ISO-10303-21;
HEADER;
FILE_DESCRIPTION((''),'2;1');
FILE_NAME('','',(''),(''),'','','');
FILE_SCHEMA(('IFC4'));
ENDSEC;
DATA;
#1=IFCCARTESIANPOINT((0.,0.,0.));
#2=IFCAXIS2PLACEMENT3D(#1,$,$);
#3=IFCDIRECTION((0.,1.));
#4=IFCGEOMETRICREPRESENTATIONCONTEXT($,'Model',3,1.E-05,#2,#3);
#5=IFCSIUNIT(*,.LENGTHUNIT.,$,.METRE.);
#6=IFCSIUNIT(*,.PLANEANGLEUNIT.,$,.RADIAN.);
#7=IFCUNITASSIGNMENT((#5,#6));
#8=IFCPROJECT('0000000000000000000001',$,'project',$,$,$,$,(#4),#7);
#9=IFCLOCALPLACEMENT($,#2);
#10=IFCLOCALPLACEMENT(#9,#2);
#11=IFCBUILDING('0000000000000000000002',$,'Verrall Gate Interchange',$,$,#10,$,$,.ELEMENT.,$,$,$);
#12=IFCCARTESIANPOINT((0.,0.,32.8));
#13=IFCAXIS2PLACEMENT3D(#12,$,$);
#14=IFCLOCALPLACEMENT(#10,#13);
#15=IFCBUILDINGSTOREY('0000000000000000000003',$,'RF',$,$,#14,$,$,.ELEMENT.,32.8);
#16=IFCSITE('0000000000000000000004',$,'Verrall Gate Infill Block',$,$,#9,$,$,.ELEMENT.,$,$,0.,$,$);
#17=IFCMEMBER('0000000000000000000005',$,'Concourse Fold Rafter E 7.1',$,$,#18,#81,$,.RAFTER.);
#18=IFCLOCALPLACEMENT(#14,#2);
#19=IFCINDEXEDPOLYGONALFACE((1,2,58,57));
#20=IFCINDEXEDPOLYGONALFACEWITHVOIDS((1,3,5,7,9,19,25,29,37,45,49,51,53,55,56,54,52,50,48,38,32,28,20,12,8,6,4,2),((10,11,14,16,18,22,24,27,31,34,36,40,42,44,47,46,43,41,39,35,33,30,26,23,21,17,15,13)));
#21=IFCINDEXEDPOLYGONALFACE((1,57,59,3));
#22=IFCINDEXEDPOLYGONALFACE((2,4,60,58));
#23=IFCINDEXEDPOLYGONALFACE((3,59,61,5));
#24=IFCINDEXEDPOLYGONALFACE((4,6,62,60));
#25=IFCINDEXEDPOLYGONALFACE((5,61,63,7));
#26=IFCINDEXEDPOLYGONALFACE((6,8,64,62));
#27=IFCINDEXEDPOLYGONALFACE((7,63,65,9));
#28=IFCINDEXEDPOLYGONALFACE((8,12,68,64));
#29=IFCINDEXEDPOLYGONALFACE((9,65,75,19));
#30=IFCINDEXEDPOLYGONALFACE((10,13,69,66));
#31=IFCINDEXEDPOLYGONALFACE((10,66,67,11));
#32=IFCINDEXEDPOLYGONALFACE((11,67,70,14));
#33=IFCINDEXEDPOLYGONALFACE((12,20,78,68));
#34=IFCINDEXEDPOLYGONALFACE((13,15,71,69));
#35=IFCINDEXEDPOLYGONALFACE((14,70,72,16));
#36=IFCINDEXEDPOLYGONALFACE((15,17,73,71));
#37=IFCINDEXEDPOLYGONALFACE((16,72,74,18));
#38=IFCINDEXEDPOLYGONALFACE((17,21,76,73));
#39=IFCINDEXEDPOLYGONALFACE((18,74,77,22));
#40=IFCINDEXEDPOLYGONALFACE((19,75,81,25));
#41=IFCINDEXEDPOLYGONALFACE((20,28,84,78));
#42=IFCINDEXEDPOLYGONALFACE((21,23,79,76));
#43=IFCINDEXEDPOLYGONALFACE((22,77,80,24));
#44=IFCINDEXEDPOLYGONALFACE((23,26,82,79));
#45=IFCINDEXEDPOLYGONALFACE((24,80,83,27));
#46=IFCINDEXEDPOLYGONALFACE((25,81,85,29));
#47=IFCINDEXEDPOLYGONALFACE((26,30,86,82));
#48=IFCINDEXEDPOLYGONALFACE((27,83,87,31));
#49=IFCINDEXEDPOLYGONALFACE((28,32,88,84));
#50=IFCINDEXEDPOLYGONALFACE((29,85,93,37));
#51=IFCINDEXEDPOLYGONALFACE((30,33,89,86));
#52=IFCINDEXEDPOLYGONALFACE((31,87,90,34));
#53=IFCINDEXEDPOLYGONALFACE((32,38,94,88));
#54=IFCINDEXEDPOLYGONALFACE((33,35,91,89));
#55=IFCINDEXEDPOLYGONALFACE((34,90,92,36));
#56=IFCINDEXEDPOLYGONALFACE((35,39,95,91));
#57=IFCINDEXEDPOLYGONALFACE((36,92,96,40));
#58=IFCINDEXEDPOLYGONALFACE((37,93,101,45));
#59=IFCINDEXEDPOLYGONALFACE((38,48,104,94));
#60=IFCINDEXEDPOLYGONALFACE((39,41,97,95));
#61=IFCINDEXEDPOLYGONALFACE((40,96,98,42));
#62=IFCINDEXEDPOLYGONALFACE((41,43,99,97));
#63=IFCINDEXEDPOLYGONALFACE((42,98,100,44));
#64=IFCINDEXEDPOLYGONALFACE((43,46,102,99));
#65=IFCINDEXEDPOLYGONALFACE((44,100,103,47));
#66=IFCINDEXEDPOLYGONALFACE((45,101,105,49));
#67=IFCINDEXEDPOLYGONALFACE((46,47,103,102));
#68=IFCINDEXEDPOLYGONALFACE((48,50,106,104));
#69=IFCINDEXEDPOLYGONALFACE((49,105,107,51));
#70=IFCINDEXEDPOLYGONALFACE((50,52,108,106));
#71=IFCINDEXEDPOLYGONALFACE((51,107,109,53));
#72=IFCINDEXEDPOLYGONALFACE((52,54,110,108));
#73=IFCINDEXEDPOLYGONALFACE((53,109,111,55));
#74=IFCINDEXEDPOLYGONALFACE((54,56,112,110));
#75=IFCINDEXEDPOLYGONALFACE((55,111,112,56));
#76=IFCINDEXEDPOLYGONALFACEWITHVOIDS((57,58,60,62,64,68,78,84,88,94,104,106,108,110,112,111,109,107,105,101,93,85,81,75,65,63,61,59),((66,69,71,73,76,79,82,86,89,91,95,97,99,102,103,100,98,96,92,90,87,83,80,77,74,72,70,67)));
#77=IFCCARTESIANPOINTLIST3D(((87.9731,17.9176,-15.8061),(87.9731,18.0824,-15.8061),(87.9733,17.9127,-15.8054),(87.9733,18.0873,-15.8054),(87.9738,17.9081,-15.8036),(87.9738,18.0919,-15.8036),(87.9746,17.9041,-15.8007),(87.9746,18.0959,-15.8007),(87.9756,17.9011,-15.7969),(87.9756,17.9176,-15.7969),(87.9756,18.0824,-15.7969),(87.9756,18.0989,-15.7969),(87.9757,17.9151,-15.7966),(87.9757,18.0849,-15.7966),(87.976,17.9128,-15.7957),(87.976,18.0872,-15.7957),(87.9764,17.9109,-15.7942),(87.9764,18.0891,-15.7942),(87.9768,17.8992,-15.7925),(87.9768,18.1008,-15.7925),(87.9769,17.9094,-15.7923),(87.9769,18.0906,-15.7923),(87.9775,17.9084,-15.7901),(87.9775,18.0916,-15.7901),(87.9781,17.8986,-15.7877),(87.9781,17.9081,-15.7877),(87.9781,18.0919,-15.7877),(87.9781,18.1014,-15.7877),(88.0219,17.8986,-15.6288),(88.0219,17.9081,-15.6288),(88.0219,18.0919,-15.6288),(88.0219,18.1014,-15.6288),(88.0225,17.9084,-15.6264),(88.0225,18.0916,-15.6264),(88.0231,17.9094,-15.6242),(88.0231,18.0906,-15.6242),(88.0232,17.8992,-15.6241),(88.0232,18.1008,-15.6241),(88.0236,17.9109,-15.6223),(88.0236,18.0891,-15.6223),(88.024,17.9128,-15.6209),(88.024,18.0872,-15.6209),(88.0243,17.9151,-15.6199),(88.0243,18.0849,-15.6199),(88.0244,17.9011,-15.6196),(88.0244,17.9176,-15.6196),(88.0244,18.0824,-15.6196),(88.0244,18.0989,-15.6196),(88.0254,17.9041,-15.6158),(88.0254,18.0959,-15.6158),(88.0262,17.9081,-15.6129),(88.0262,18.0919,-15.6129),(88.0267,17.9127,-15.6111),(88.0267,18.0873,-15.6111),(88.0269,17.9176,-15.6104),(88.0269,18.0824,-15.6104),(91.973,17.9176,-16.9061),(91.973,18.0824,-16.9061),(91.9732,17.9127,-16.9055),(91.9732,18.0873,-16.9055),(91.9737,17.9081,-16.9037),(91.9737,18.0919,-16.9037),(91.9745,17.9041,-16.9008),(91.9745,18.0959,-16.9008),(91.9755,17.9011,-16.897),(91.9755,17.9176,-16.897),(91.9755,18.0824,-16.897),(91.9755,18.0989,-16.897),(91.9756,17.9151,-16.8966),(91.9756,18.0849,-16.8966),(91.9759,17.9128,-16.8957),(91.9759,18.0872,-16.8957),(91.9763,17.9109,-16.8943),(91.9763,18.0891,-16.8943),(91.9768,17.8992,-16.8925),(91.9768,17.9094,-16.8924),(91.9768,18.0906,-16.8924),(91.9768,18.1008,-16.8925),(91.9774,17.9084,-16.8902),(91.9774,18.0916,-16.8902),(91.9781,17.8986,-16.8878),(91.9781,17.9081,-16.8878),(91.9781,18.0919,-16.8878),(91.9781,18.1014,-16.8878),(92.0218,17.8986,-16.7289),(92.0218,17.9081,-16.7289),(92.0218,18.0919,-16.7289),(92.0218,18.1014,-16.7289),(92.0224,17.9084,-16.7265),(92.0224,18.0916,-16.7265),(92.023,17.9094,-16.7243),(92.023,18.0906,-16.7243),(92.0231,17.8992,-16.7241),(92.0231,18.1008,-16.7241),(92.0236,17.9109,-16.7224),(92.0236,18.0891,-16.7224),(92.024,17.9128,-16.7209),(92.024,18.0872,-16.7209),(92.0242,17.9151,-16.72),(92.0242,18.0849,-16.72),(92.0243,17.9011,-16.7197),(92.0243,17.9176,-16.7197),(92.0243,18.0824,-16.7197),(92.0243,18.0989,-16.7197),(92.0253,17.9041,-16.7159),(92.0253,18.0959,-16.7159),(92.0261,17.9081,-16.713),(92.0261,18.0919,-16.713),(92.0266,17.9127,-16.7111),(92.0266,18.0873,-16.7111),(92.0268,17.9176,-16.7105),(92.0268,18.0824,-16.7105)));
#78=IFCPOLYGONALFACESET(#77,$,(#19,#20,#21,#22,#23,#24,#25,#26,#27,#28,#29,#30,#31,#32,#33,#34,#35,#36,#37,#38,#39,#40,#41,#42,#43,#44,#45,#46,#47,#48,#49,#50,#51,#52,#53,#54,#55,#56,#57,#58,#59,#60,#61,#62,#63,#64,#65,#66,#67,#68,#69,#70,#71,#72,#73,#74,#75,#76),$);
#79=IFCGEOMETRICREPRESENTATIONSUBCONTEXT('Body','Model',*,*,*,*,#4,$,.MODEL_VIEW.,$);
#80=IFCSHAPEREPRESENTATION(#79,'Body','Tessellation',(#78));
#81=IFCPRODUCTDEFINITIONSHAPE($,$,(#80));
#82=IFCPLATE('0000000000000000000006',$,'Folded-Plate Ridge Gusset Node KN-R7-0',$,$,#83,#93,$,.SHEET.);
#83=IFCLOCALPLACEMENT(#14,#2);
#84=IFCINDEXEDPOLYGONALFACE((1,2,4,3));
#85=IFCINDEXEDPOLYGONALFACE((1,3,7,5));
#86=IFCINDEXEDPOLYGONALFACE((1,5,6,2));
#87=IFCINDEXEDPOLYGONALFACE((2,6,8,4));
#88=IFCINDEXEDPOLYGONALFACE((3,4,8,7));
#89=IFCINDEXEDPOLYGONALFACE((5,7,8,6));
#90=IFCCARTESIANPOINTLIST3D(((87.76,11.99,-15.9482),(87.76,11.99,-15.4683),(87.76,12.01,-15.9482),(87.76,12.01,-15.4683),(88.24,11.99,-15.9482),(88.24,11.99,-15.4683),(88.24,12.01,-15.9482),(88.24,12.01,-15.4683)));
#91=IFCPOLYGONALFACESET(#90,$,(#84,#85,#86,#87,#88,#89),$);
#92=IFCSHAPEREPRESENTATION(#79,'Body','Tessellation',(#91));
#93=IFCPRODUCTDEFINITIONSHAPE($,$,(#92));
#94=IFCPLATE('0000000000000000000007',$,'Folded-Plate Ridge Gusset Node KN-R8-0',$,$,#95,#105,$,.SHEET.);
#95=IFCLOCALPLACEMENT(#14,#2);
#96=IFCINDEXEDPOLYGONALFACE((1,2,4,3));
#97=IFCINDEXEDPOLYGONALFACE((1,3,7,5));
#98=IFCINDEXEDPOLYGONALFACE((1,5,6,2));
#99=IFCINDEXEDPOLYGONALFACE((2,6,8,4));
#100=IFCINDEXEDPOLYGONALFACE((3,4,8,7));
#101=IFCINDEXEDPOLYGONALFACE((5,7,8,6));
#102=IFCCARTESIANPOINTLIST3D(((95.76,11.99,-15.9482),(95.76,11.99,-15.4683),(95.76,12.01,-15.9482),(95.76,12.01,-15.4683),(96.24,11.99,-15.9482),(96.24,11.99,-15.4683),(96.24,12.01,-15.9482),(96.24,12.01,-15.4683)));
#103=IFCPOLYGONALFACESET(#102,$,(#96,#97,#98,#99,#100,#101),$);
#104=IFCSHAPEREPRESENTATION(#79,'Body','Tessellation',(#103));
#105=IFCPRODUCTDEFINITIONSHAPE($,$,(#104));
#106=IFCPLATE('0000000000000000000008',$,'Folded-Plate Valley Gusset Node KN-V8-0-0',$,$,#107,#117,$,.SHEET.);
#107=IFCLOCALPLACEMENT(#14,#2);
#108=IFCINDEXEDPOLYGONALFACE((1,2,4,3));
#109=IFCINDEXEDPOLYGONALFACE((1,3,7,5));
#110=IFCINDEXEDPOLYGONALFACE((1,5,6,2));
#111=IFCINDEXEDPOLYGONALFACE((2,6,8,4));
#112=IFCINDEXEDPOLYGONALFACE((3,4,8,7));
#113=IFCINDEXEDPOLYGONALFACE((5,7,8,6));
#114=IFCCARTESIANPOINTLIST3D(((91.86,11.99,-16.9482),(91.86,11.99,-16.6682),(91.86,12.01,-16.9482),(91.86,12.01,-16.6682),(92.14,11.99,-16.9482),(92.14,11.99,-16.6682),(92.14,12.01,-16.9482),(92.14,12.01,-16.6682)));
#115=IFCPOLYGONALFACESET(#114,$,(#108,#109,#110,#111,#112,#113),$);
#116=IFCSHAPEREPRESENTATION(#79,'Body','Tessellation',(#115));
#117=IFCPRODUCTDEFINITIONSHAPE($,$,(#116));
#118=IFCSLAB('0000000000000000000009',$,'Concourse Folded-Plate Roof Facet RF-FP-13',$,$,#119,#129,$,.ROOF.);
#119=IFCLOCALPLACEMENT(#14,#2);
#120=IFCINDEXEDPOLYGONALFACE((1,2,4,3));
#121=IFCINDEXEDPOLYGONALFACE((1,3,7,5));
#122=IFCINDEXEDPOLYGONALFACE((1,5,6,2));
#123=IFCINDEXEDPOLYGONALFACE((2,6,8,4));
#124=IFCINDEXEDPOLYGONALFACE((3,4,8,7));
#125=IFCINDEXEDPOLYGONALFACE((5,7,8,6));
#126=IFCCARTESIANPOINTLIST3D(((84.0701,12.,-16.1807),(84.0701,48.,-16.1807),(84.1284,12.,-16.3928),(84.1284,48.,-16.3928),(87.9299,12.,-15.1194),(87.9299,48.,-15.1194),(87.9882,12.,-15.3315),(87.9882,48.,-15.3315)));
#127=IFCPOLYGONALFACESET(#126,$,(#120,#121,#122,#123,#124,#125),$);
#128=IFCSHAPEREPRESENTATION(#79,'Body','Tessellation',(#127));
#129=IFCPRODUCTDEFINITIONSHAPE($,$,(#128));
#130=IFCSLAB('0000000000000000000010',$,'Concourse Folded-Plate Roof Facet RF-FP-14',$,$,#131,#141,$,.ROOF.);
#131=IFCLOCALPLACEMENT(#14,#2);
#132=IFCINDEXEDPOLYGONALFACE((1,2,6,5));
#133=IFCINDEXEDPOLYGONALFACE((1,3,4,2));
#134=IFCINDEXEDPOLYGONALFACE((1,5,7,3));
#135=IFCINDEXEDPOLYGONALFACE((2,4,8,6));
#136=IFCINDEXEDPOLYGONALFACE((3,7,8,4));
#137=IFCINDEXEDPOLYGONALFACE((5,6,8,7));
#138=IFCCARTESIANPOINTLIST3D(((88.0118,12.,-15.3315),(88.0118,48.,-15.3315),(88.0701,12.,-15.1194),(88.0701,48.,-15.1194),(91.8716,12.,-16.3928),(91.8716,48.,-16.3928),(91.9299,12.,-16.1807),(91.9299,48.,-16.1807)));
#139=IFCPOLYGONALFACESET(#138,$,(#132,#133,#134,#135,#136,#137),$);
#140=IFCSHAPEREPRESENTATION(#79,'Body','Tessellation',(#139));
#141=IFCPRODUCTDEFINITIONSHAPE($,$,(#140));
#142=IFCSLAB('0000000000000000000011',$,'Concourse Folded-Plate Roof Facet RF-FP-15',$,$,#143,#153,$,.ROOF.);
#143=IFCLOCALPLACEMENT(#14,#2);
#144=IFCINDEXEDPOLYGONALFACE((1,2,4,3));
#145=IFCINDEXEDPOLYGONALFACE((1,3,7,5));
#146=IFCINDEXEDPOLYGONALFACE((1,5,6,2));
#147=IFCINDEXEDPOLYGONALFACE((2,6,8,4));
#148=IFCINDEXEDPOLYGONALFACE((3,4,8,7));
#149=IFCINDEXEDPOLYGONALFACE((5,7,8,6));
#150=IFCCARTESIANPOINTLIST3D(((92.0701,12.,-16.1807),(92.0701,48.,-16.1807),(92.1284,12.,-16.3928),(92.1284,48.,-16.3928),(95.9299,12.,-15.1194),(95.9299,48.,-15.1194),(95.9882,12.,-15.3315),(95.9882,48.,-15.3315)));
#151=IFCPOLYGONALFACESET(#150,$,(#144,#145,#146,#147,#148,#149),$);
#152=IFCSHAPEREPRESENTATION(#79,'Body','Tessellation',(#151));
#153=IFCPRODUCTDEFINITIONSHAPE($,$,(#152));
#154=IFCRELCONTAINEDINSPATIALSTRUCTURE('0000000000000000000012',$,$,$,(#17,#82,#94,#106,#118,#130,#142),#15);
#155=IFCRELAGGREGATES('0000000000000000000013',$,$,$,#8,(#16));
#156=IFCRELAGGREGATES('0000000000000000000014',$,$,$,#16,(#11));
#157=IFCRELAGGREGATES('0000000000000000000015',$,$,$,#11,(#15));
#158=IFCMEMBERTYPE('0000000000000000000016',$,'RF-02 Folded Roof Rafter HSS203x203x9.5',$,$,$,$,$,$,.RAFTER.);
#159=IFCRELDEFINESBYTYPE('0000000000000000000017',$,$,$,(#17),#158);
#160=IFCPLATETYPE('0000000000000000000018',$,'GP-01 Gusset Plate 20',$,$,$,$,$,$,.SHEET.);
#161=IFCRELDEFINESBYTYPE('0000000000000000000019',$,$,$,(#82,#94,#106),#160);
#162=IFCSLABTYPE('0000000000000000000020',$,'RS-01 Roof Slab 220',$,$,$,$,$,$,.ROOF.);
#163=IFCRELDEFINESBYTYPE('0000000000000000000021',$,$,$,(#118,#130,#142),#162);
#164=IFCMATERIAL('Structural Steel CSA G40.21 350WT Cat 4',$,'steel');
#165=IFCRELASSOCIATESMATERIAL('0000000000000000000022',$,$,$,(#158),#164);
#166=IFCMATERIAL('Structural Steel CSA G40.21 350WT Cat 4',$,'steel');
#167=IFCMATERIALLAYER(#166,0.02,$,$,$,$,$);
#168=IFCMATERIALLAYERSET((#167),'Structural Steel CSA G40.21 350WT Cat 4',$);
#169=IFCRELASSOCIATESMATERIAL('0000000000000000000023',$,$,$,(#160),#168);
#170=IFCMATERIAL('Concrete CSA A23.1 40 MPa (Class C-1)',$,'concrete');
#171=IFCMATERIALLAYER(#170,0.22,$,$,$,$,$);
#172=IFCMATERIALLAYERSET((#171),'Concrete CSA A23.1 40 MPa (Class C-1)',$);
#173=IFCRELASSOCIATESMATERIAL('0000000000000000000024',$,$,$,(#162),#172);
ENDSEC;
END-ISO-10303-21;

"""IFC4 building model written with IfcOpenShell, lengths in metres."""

from ifc_helpers import new_model, si_unit, direction, frame, origin, origin_2d, place, context, subcontext, project, spatial, polyline, rectangle, hollow_rectangle, outline, extrude, material, layer, layer_set, material_profile, profile_set, type_object, element, save


model = new_model("IFC4")

# Units and contexts
model_context = context("Model", 3, precision=1e-05, world=origin(), true_north=direction((0.0, 1.0)))
body_context = subcontext(model_context, "Body", "Model", "MODEL_VIEW")
ifc_project = project(units=[si_unit("LENGTHUNIT", "METRE"), si_unit("PLANEANGLEUNIT", "RADIAN")], contexts=[model_context])

# Site, building, storey
site_placement = place(None, origin())
site = spatial("IfcSite", under=ifc_project, at=site_placement, Name="Verrall Gate Infill Block", CompositionType="ELEMENT", RefElevation=0.0)
building_placement = place(site_placement, origin())
building = spatial("IfcBuilding", under=site, at=building_placement, Name="Verrall Gate Interchange", CompositionType="ELEMENT")
storey_placement = place(building_placement, frame((0.0, 0.0, 32.8)))
storey = spatial("IfcBuildingStorey", under=building, at=storey_placement, Name="RF", CompositionType="ELEMENT", Elevation=32.8)

# Member
ifc_material_1 = material(Name="Structural Steel CSA G40.21 350WT Cat 4", Category="steel")
ifc_material_profile_1 = material_profile(ifc_material_1, hollow_rectangle(XDim=0.2029, YDim=0.2029, WallThickness=0.0095, InnerFilletRadius=0.0095, OuterFilletRadius=0.019, at=origin_2d()), Name="HSS203x203x9.5")
ifc_profile_set_1 = profile_set([ifc_material_profile_1], Name="Structural Steel CSA G40.21 350WT Cat 4")
member_type_1 = type_object("IfcMemberType", Name="RF-02 Folded Roof Rafter HSS203x203x9.5", PredefinedType="RAFTER", material=ifc_profile_set_1)
member_1_placement = place(storey_placement, frame((88.0, 18.0, -15.7083), z_axis=(0.964199, 0.0, -0.265178), x_axis=(0.0, 1.0, 0.0)))
element("IfcMember", 1, at=member_1_placement, inside=storey, type_object=member_type_1, Name="Concourse Fold Rafter E 7.1", PredefinedType="RAFTER", context=body_context, shape_type="SweptSolid", body=[
    extrude(hollow_rectangle(XDim=0.2029, YDim=0.2029, WallThickness=0.0095, InnerFilletRadius=0.0095, OuterFilletRadius=0.019, at=origin_2d()), origin(), (0.0, 0.0, 1.0), 4.1484),
])

# Plates
ifc_material_2 = material(Name="Structural Steel CSA G40.21 350WT Cat 4", Category="steel")
ifc_layer_1 = layer(ifc_material_2, 0.02)
ifc_layer_set_1 = layer_set([ifc_layer_1], Name="Structural Steel CSA G40.21 350WT Cat 4")
plate_type = type_object("IfcPlateType", Name="GP-01 Gusset Plate 20", PredefinedType="SHEET", material=ifc_layer_set_1)
for number, where, z_axis, x_axis, name in (
    (2, (88.0, 12.0, -15.9482), (0.0, 0.0, 1.0), (1.0, 0.0, 0.0), "Folded-Plate Ridge Gusset Node KN-R7-0"),
    (3, (96.0, 12.0, -15.9482), (0.0, 0.0, 1.0), (1.0, 0.0, 0.0), "Folded-Plate Ridge Gusset Node KN-R8-0"),
):
    element("IfcPlate", number, at=place(storey_placement, frame(where, z_axis=z_axis, x_axis=x_axis)), inside=storey, type_object=plate_type, Name=name, PredefinedType="SHEET", context=body_context, shape_type="SweptSolid", body=[
        extrude(rectangle(XDim=0.48, YDim=0.02, at=origin_2d()), origin(), (0.0, 0.0, 1.0), 0.48),
    ])
plate_placement = place(storey_placement, frame((92.0, 12.0, -16.9482), z_axis=(0.0, 0.0, 1.0), x_axis=(1.0, 0.0, 0.0)))
element("IfcPlate", 4, at=plate_placement, inside=storey, type_object=plate_type, Name="Folded-Plate Valley Gusset Node KN-V8-0-0", PredefinedType="SHEET", context=body_context, shape_type="SweptSolid", body=[
    extrude(rectangle(XDim=0.28, YDim=0.02, at=origin_2d()), origin(), (0.0, 0.0, 1.0), 0.28),
])

# Slabs
ifc_material_3 = material(Name="Concrete CSA A23.1 40 MPa (Class C-1)", Category="concrete")
ifc_layer_2 = layer(ifc_material_3, 0.22)
ifc_layer_set_2 = layer_set([ifc_layer_2], Name="Concrete CSA A23.1 40 MPa (Class C-1)")
slab_type = type_object("IfcSlabType", Name="RS-01 Roof Slab 220", PredefinedType="ROOF", material=ifc_layer_set_2)
for number, where, z_axis, x_axis, name in (
    (5, (84.0701, 12.0, -16.1807), (-0.265114, 0.0, 0.964217), (0.964217, 0.0, 0.265114), "Concourse Folded-Plate Roof Facet RF-FP-13"),
    (6, (88.0701, 12.0, -15.1194), (0.265114, 0.0, 0.964217), (0.964217, 0.0, -0.265114), "Concourse Folded-Plate Roof Facet RF-FP-14"),
    (7, (92.0701, 12.0, -16.1807), (-0.265114, 0.0, 0.964217), (0.964217, 0.0, 0.265114), "Concourse Folded-Plate Roof Facet RF-FP-15"),
):
    element("IfcSlab", number, at=place(storey_placement, frame(where, z_axis=z_axis, x_axis=x_axis)), inside=storey, type_object=slab_type, Name=name, PredefinedType="ROOF", context=body_context, shape_type="SweptSolid", body=[
        extrude(outline(polyline([(0.0, 0.0), (4.0031, 0.0), (4.0031, 36.0), (0.0, 36.0), (0.0, 0.0)])), origin(), (0.0, 0.0, -1.0), 0.22),
    ])

save(model, "model.ifc")
